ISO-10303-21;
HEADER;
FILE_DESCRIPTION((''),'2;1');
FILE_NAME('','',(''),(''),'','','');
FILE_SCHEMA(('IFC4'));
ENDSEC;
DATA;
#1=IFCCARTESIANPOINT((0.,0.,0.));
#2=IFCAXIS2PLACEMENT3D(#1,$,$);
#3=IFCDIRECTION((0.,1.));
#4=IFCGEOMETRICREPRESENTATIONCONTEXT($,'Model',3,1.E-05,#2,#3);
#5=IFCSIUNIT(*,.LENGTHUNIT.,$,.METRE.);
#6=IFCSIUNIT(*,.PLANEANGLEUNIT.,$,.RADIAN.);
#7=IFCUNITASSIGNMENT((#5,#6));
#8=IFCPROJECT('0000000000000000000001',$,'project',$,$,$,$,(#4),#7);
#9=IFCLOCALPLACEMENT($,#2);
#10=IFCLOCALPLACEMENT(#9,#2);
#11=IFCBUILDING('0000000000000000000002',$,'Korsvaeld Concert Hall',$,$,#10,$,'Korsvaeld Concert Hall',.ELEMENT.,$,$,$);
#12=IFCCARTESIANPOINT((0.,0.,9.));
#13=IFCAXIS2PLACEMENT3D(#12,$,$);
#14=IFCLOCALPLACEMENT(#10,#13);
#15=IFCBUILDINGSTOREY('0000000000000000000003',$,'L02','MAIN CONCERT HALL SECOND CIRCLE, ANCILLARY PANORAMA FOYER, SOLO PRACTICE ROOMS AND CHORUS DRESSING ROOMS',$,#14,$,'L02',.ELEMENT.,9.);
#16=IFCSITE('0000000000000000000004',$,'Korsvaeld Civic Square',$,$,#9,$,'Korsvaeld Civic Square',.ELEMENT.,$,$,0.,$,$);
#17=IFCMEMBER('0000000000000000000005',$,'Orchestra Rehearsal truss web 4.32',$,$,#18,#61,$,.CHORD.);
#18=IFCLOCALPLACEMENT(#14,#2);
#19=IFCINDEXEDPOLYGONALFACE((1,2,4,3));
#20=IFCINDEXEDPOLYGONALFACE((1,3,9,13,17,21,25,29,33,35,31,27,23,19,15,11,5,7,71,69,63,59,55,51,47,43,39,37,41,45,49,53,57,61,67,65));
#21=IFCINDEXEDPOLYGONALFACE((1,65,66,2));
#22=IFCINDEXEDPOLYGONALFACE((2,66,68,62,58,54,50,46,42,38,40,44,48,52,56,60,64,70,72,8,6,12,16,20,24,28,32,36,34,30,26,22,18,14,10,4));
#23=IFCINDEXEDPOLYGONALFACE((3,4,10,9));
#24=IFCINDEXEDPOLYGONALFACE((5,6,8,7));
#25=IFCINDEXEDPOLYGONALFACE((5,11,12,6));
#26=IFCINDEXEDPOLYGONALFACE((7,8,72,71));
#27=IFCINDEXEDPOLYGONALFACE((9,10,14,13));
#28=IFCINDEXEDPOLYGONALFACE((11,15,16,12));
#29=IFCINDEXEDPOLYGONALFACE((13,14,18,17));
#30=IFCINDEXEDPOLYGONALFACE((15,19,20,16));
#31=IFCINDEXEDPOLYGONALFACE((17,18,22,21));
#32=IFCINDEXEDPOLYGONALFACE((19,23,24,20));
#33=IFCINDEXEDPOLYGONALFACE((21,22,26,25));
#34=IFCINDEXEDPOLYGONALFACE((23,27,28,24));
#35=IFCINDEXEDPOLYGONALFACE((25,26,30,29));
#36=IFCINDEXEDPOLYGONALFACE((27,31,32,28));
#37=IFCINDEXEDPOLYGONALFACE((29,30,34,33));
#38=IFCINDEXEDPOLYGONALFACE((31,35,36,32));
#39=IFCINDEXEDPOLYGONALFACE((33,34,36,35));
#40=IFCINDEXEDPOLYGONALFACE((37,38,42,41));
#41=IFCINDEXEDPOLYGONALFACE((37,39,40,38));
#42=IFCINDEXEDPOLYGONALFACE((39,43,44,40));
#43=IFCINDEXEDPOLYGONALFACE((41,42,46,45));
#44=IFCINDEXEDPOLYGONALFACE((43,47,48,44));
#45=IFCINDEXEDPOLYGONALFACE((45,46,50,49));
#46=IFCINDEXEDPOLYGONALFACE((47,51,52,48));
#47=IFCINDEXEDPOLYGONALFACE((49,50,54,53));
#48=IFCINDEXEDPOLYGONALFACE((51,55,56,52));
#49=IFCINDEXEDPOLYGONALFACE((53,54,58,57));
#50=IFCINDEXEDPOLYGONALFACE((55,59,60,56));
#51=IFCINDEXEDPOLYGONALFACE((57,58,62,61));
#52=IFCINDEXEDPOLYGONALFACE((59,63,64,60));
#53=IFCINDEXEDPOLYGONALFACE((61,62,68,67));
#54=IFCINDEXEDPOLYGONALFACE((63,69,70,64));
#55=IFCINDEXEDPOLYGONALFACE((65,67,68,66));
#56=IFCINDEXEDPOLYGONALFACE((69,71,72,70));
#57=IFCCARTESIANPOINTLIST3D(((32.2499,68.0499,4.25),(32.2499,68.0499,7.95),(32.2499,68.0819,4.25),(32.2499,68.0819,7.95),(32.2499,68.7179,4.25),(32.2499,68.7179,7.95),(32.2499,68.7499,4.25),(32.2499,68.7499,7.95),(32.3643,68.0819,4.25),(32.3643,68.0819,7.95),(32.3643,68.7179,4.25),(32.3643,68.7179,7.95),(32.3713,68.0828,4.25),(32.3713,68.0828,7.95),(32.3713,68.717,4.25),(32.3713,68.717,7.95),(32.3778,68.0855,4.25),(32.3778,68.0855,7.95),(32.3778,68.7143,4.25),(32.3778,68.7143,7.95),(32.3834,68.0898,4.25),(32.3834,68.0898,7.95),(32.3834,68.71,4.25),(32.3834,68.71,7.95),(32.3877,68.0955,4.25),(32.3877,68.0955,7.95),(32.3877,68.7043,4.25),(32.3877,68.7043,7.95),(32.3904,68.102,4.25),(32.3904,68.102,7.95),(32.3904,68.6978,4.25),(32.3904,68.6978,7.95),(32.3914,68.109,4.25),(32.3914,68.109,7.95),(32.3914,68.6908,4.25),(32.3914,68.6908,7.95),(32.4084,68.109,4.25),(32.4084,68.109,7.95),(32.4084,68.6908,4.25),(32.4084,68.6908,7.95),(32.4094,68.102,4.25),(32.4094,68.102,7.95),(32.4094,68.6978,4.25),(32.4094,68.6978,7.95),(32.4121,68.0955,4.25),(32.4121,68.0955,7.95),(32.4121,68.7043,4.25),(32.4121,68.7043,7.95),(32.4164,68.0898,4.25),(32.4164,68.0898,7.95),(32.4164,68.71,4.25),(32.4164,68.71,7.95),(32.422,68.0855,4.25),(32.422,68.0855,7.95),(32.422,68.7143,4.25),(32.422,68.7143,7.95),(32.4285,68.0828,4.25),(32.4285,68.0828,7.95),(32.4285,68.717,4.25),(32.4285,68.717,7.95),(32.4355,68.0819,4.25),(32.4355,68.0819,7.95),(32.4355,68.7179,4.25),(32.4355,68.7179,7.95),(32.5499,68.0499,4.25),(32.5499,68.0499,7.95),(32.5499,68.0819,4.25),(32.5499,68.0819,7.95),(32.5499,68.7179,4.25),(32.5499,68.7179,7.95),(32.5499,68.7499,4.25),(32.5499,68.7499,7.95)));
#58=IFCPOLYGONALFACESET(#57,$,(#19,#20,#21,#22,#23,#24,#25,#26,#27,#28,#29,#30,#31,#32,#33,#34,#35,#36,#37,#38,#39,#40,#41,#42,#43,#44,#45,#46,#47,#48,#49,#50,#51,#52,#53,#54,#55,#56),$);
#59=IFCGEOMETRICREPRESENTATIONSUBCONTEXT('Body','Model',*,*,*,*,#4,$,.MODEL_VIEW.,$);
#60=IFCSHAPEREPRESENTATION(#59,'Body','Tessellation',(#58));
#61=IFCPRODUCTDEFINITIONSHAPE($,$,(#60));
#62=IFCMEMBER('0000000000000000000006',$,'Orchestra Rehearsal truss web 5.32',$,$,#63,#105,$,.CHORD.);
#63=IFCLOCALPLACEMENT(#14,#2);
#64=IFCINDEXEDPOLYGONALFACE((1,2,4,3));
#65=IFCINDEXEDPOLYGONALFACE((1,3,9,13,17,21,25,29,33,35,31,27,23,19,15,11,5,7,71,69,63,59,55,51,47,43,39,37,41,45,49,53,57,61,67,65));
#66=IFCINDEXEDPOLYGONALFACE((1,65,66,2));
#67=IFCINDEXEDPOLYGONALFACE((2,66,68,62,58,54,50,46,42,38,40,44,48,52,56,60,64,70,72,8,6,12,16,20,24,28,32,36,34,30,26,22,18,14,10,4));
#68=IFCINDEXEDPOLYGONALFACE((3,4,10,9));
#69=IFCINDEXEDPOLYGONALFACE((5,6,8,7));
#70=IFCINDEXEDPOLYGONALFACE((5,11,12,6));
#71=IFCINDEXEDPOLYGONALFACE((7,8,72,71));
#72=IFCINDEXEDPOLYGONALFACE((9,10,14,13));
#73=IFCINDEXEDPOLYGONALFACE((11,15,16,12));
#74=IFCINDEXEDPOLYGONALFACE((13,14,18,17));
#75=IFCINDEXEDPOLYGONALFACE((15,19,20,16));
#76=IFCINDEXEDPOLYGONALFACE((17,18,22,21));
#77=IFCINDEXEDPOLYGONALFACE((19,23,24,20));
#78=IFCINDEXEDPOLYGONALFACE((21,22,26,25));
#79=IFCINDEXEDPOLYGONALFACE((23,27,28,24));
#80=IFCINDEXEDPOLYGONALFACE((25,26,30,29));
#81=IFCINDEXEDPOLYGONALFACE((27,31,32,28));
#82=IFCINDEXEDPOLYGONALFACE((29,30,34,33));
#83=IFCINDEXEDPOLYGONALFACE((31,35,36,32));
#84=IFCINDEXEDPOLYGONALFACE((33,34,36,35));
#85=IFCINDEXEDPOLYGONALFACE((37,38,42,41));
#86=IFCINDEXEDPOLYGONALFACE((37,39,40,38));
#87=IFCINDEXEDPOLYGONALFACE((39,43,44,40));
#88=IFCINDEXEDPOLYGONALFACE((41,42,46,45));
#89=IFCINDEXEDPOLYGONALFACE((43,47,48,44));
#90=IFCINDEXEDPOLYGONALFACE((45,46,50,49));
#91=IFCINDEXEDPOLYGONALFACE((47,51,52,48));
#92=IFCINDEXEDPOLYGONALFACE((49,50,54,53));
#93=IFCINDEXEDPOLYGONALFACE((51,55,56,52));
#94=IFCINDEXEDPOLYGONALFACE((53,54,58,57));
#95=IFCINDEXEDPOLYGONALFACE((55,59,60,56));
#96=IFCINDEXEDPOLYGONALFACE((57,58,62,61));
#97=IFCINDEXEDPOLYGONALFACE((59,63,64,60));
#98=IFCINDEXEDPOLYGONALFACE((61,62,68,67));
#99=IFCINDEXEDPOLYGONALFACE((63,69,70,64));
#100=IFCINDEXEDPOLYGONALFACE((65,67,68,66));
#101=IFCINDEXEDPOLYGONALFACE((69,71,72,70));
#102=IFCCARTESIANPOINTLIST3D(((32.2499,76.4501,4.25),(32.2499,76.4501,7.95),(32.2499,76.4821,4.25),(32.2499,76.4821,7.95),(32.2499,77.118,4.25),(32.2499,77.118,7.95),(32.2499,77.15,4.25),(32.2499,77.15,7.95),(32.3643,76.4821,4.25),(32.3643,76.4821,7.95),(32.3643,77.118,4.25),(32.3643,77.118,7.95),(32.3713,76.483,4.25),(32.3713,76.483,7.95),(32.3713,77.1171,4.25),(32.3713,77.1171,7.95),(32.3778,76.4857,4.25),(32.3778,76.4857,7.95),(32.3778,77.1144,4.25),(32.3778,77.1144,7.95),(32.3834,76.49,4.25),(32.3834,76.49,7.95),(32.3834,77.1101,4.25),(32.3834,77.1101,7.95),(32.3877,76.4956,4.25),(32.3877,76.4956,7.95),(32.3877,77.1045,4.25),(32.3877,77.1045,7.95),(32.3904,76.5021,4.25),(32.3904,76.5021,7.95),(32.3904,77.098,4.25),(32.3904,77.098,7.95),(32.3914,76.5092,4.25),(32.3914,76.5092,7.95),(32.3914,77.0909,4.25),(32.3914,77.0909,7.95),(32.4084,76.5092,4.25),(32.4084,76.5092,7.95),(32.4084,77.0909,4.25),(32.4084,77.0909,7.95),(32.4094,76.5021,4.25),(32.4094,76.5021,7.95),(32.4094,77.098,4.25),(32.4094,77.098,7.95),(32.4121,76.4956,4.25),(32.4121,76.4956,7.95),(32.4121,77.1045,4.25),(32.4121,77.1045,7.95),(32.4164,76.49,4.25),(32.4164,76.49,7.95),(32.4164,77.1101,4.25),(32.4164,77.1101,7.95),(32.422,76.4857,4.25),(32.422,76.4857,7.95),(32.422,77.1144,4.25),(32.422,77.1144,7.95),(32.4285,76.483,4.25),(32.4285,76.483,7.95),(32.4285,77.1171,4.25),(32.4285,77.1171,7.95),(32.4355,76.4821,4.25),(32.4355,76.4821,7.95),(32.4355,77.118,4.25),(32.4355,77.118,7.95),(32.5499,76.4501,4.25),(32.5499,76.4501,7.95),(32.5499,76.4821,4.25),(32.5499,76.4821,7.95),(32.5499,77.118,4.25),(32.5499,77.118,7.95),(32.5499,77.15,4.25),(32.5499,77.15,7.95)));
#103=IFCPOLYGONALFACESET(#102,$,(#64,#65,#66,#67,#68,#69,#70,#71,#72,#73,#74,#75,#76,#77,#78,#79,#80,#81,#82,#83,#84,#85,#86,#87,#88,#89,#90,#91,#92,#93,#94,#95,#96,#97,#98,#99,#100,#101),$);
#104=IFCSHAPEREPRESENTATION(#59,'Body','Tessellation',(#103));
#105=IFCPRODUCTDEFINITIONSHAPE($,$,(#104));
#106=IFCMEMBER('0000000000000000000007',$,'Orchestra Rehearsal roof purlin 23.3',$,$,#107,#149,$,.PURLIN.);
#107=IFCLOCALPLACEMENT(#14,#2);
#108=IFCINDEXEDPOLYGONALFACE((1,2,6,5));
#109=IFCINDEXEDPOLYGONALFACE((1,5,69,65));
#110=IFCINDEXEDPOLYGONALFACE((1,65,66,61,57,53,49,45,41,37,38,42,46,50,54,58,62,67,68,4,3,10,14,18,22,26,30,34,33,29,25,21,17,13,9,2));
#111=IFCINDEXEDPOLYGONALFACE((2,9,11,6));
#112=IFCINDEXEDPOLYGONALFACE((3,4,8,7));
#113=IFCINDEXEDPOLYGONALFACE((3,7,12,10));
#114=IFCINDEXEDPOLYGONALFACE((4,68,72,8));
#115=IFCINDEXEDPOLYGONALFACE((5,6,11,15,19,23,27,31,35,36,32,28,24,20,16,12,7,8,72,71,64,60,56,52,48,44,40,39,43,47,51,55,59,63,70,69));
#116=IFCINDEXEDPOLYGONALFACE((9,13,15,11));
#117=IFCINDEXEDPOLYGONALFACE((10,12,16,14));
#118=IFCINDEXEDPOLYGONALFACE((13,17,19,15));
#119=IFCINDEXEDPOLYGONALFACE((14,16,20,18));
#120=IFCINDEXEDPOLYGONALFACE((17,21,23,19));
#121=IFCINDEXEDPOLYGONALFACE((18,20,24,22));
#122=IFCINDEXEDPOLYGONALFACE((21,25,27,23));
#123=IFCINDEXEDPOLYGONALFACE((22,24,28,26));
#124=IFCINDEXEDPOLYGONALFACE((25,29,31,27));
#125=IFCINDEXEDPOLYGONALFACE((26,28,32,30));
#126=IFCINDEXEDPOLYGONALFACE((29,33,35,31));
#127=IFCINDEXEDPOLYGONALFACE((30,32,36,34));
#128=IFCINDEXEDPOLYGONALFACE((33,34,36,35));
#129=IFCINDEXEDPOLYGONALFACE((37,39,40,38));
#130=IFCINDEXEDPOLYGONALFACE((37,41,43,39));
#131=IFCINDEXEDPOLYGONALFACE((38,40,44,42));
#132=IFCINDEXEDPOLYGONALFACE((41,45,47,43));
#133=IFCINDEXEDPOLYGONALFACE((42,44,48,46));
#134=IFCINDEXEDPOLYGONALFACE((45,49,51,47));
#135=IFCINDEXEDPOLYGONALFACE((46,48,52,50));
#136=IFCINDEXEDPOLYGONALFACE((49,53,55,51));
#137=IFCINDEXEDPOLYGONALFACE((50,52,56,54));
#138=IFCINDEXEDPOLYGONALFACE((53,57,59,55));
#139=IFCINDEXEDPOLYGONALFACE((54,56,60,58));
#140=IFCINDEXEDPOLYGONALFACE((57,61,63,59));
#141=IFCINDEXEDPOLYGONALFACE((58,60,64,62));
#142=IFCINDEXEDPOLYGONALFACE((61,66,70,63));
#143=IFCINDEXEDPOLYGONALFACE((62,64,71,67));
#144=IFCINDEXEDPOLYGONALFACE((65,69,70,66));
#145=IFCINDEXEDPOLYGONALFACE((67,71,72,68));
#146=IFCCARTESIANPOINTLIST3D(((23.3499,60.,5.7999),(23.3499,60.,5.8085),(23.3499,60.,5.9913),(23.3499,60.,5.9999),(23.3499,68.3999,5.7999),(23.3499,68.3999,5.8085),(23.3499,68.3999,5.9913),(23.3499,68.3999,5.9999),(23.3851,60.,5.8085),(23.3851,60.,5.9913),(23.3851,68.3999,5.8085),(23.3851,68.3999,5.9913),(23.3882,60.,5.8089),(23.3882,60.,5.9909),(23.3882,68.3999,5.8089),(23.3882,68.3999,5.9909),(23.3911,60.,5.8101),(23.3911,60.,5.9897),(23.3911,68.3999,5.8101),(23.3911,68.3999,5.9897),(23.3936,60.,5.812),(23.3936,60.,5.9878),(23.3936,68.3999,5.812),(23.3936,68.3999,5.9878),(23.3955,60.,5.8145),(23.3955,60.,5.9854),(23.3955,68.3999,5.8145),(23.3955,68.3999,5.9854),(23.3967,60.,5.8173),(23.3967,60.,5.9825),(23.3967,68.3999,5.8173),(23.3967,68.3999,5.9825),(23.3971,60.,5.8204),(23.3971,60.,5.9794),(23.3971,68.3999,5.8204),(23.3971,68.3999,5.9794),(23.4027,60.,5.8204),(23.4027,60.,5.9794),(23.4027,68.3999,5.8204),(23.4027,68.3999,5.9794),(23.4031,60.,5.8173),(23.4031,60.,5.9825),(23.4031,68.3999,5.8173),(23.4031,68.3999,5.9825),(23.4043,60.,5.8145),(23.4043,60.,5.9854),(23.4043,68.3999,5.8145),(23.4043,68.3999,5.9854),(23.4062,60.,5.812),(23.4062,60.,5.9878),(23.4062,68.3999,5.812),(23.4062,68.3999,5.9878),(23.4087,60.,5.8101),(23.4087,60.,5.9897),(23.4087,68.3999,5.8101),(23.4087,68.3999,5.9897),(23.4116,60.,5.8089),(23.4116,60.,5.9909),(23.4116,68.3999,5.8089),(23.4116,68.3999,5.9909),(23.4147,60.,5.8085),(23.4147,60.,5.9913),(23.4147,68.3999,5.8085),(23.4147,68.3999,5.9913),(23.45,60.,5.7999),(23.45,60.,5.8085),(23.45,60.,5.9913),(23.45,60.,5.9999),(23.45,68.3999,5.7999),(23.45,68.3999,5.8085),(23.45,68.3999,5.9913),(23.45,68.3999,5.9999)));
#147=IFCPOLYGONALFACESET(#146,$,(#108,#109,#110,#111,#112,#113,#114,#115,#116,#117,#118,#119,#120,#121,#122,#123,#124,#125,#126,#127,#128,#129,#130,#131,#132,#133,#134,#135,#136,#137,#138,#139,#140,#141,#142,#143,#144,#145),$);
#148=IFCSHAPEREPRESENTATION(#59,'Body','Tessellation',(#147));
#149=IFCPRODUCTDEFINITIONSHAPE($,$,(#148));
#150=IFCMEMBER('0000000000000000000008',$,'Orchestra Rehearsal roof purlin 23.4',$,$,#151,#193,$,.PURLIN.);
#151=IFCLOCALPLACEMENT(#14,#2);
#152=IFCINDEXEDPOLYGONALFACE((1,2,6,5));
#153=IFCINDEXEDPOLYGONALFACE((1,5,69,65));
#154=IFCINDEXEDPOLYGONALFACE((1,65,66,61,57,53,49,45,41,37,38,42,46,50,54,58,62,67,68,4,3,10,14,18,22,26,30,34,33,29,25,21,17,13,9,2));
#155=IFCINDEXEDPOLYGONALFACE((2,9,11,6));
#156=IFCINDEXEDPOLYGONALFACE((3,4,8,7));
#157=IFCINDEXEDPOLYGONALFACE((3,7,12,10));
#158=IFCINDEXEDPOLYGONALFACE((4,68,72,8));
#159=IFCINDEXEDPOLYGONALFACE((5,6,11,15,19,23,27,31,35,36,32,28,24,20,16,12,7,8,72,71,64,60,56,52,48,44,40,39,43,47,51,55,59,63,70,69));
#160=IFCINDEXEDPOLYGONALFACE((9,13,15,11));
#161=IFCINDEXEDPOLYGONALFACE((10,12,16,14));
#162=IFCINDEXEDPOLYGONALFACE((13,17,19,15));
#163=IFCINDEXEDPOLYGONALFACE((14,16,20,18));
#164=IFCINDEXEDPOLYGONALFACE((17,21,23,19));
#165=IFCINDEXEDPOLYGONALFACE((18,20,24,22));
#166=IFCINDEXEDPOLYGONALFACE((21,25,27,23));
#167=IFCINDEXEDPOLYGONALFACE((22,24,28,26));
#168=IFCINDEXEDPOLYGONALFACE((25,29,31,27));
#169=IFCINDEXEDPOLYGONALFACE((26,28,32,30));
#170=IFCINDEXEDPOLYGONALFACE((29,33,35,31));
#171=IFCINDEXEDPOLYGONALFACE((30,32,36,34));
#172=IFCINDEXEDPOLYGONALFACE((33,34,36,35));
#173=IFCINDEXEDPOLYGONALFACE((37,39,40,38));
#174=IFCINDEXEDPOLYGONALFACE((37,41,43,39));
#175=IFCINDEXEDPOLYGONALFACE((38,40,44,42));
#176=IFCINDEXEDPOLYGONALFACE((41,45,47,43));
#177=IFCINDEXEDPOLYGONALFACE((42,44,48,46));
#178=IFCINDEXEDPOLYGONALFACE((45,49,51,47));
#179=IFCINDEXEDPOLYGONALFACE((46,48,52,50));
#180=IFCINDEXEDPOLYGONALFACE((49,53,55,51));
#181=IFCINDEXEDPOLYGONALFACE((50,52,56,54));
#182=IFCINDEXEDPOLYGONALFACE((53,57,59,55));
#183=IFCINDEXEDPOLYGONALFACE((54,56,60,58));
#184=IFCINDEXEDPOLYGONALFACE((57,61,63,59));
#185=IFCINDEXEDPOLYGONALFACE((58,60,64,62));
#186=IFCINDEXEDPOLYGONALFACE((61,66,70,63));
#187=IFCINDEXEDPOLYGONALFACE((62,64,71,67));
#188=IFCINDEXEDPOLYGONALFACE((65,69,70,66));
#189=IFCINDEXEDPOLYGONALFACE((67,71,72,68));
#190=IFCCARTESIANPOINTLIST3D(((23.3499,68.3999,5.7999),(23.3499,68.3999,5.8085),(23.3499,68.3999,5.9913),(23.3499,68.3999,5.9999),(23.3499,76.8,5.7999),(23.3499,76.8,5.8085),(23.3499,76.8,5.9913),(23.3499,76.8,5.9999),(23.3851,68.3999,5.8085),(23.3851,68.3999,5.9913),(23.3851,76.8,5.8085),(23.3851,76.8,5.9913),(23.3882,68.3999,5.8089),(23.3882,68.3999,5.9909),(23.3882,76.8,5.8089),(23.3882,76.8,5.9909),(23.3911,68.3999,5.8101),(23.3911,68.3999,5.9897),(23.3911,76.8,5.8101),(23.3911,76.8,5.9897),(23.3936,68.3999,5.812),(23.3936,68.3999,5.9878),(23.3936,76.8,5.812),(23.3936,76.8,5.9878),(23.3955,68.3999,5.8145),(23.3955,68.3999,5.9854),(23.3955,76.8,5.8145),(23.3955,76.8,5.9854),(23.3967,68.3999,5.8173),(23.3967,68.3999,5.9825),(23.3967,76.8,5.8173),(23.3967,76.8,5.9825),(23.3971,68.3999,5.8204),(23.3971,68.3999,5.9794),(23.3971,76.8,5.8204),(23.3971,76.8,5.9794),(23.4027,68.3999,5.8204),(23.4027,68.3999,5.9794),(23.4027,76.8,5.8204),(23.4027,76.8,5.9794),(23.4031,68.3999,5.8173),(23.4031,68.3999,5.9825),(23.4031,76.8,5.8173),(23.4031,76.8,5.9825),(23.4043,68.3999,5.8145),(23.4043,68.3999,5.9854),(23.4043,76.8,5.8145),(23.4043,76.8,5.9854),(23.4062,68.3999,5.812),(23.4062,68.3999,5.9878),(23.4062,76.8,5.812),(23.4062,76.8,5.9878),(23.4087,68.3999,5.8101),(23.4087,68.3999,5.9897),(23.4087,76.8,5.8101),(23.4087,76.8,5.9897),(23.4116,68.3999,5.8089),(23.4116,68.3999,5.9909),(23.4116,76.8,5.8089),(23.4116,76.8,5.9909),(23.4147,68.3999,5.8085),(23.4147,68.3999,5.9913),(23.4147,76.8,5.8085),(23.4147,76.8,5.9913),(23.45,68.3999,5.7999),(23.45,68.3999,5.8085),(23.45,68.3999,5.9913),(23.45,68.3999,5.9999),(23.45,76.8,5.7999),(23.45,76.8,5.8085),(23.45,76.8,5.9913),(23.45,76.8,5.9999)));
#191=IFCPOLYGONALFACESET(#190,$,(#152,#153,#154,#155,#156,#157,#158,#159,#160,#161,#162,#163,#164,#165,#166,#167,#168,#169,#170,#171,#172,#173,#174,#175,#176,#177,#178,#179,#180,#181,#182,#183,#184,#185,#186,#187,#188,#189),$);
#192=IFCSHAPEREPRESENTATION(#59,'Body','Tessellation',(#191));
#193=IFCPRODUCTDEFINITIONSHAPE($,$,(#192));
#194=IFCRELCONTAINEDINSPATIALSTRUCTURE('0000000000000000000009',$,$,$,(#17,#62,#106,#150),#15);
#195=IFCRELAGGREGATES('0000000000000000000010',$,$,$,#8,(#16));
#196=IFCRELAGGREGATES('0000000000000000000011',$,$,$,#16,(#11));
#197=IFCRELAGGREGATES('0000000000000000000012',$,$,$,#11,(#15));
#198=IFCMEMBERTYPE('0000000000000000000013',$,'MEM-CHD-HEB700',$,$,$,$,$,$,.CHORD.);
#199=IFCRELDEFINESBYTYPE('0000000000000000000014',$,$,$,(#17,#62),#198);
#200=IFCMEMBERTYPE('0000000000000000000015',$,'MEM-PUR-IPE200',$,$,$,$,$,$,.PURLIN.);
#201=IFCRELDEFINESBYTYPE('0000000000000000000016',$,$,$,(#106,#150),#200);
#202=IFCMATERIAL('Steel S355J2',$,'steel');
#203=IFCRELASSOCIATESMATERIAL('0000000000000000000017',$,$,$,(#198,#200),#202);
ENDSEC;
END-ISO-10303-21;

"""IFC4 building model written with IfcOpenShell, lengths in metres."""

from ifc_helpers import new_model, si_unit, direction, frame, origin, origin_2d, place, context, subcontext, project, spatial, i_section, extrude, material, material_profile, profile_set, type_object, element, save


model = new_model("IFC4")

# Units and contexts
model_context = context("Model", 3, precision=1e-05, world=origin(), true_north=direction((0.0, 1.0)))
body_context = subcontext(model_context, "Body", "Model", "MODEL_VIEW")
ifc_project = project(units=[si_unit("LENGTHUNIT", "METRE"), si_unit("PLANEANGLEUNIT", "RADIAN")], contexts=[model_context])

# Site, building, storey
site_placement = place(None, origin())
site = spatial("IfcSite", under=ifc_project, at=site_placement, Name="Korsvaeld Civic Square", LongName="Korsvaeld Civic Square", CompositionType="ELEMENT", RefElevation=0.0)
building_placement = place(site_placement, origin())
building = spatial("IfcBuilding", under=site, at=building_placement, Name="Korsvaeld Concert Hall", LongName="Korsvaeld Concert Hall", CompositionType="ELEMENT")
storey_placement = place(building_placement, frame((0.0, 0.0, 9.0)))
storey = spatial("IfcBuildingStorey", under=building, at=storey_placement, Name="L02", Description="MAIN CONCERT HALL SECOND CIRCLE, ANCILLARY PANORAMA FOYER, SOLO PRACTICE ROOMS AND CHORUS DRESSING ROOMS", LongName="L02", CompositionType="ELEMENT", Elevation=9.0)

# Members
ifc_material_1 = material(Name="Steel S355J2", Category="steel")
ifc_material_profile_1 = material_profile(ifc_material_1, i_section(OverallWidth=0.3, OverallDepth=0.7, WebThickness=0.0171, FlangeThickness=0.032, FilletRadius=0.0271, at=origin_2d()), Name="HEB 700")
ifc_profile_set_1 = profile_set([ifc_material_profile_1], Name="Steel S355J2")
member_type_1 = type_object("IfcMemberType", Name="MEM-CHD-HEB700", PredefinedType="CHORD", material=ifc_profile_set_1)
for number, where, z_axis, x_axis, name in (
    (1, (32.3999, 68.3999, 4.25), (0.0, 0.0, 1.0), (1.0, 0.0, 0.0), "Orchestra Rehearsal truss web 4.32"),
    (2, (32.3999, 76.8, 4.25), (0.0, 0.0, 1.0), (1.0, 0.0, 0.0), "Orchestra Rehearsal truss web 5.32"),
):
    element("IfcMember", number, at=place(storey_placement, frame(where, z_axis=z_axis, x_axis=x_axis)), inside=storey, type_object=member_type_1, Name=name, PredefinedType="CHORD", context=body_context, shape_type="SweptSolid", body=[
        extrude(i_section(OverallWidth=0.3, OverallDepth=0.7, WebThickness=0.0171, FlangeThickness=0.032, FilletRadius=0.0271, at=origin_2d()), origin(), (0.0, 0.0, 1.0), 3.7),
    ])
ifc_material_profile_2 = material_profile(ifc_material_1, i_section(OverallWidth=0.1001, OverallDepth=0.2, WebThickness=0.0056, FlangeThickness=0.0085, FilletRadius=0.012, at=origin_2d()), Name="IPE 200")
ifc_profile_set_2 = profile_set([ifc_material_profile_2], Name="Steel S355J2")
member_type_2 = type_object("IfcMemberType", Name="MEM-PUR-IPE200", PredefinedType="PURLIN", material=ifc_profile_set_2)
member_1_placement = place(storey_placement, frame((23.3999, 60.0, 5.8999), z_axis=(0.0, 1.0, 0.0), x_axis=(-1.0, 0.0, 0.0)))
element("IfcMember", 3, at=member_1_placement, inside=storey, type_object=member_type_2, Name="Orchestra Rehearsal roof purlin 23.3", PredefinedType="PURLIN", context=body_context, shape_type="SweptSolid", body=[
    extrude(i_section(OverallWidth=0.1001, OverallDepth=0.2, WebThickness=0.0056, FlangeThickness=0.0085, FilletRadius=0.012, at=origin_2d()), origin(), (0.0, 0.0, 1.0), 8.3999),
])
member_2_placement = place(storey_placement, frame((23.3999, 68.3999, 5.8999), z_axis=(0.0, 1.0, 0.0), x_axis=(-1.0, 0.0, 0.0)))
element("IfcMember", 4, at=member_2_placement, inside=storey, type_object=member_type_2, Name="Orchestra Rehearsal roof purlin 23.4", PredefinedType="PURLIN", context=body_context, shape_type="SweptSolid", body=[
    extrude(i_section(OverallWidth=0.1001, OverallDepth=0.2, WebThickness=0.0056, FlangeThickness=0.0085, FilletRadius=0.012, at=origin_2d()), origin(), (0.0, 0.0, 1.0), 8.4001),
])

save(model, "model.ifc")
